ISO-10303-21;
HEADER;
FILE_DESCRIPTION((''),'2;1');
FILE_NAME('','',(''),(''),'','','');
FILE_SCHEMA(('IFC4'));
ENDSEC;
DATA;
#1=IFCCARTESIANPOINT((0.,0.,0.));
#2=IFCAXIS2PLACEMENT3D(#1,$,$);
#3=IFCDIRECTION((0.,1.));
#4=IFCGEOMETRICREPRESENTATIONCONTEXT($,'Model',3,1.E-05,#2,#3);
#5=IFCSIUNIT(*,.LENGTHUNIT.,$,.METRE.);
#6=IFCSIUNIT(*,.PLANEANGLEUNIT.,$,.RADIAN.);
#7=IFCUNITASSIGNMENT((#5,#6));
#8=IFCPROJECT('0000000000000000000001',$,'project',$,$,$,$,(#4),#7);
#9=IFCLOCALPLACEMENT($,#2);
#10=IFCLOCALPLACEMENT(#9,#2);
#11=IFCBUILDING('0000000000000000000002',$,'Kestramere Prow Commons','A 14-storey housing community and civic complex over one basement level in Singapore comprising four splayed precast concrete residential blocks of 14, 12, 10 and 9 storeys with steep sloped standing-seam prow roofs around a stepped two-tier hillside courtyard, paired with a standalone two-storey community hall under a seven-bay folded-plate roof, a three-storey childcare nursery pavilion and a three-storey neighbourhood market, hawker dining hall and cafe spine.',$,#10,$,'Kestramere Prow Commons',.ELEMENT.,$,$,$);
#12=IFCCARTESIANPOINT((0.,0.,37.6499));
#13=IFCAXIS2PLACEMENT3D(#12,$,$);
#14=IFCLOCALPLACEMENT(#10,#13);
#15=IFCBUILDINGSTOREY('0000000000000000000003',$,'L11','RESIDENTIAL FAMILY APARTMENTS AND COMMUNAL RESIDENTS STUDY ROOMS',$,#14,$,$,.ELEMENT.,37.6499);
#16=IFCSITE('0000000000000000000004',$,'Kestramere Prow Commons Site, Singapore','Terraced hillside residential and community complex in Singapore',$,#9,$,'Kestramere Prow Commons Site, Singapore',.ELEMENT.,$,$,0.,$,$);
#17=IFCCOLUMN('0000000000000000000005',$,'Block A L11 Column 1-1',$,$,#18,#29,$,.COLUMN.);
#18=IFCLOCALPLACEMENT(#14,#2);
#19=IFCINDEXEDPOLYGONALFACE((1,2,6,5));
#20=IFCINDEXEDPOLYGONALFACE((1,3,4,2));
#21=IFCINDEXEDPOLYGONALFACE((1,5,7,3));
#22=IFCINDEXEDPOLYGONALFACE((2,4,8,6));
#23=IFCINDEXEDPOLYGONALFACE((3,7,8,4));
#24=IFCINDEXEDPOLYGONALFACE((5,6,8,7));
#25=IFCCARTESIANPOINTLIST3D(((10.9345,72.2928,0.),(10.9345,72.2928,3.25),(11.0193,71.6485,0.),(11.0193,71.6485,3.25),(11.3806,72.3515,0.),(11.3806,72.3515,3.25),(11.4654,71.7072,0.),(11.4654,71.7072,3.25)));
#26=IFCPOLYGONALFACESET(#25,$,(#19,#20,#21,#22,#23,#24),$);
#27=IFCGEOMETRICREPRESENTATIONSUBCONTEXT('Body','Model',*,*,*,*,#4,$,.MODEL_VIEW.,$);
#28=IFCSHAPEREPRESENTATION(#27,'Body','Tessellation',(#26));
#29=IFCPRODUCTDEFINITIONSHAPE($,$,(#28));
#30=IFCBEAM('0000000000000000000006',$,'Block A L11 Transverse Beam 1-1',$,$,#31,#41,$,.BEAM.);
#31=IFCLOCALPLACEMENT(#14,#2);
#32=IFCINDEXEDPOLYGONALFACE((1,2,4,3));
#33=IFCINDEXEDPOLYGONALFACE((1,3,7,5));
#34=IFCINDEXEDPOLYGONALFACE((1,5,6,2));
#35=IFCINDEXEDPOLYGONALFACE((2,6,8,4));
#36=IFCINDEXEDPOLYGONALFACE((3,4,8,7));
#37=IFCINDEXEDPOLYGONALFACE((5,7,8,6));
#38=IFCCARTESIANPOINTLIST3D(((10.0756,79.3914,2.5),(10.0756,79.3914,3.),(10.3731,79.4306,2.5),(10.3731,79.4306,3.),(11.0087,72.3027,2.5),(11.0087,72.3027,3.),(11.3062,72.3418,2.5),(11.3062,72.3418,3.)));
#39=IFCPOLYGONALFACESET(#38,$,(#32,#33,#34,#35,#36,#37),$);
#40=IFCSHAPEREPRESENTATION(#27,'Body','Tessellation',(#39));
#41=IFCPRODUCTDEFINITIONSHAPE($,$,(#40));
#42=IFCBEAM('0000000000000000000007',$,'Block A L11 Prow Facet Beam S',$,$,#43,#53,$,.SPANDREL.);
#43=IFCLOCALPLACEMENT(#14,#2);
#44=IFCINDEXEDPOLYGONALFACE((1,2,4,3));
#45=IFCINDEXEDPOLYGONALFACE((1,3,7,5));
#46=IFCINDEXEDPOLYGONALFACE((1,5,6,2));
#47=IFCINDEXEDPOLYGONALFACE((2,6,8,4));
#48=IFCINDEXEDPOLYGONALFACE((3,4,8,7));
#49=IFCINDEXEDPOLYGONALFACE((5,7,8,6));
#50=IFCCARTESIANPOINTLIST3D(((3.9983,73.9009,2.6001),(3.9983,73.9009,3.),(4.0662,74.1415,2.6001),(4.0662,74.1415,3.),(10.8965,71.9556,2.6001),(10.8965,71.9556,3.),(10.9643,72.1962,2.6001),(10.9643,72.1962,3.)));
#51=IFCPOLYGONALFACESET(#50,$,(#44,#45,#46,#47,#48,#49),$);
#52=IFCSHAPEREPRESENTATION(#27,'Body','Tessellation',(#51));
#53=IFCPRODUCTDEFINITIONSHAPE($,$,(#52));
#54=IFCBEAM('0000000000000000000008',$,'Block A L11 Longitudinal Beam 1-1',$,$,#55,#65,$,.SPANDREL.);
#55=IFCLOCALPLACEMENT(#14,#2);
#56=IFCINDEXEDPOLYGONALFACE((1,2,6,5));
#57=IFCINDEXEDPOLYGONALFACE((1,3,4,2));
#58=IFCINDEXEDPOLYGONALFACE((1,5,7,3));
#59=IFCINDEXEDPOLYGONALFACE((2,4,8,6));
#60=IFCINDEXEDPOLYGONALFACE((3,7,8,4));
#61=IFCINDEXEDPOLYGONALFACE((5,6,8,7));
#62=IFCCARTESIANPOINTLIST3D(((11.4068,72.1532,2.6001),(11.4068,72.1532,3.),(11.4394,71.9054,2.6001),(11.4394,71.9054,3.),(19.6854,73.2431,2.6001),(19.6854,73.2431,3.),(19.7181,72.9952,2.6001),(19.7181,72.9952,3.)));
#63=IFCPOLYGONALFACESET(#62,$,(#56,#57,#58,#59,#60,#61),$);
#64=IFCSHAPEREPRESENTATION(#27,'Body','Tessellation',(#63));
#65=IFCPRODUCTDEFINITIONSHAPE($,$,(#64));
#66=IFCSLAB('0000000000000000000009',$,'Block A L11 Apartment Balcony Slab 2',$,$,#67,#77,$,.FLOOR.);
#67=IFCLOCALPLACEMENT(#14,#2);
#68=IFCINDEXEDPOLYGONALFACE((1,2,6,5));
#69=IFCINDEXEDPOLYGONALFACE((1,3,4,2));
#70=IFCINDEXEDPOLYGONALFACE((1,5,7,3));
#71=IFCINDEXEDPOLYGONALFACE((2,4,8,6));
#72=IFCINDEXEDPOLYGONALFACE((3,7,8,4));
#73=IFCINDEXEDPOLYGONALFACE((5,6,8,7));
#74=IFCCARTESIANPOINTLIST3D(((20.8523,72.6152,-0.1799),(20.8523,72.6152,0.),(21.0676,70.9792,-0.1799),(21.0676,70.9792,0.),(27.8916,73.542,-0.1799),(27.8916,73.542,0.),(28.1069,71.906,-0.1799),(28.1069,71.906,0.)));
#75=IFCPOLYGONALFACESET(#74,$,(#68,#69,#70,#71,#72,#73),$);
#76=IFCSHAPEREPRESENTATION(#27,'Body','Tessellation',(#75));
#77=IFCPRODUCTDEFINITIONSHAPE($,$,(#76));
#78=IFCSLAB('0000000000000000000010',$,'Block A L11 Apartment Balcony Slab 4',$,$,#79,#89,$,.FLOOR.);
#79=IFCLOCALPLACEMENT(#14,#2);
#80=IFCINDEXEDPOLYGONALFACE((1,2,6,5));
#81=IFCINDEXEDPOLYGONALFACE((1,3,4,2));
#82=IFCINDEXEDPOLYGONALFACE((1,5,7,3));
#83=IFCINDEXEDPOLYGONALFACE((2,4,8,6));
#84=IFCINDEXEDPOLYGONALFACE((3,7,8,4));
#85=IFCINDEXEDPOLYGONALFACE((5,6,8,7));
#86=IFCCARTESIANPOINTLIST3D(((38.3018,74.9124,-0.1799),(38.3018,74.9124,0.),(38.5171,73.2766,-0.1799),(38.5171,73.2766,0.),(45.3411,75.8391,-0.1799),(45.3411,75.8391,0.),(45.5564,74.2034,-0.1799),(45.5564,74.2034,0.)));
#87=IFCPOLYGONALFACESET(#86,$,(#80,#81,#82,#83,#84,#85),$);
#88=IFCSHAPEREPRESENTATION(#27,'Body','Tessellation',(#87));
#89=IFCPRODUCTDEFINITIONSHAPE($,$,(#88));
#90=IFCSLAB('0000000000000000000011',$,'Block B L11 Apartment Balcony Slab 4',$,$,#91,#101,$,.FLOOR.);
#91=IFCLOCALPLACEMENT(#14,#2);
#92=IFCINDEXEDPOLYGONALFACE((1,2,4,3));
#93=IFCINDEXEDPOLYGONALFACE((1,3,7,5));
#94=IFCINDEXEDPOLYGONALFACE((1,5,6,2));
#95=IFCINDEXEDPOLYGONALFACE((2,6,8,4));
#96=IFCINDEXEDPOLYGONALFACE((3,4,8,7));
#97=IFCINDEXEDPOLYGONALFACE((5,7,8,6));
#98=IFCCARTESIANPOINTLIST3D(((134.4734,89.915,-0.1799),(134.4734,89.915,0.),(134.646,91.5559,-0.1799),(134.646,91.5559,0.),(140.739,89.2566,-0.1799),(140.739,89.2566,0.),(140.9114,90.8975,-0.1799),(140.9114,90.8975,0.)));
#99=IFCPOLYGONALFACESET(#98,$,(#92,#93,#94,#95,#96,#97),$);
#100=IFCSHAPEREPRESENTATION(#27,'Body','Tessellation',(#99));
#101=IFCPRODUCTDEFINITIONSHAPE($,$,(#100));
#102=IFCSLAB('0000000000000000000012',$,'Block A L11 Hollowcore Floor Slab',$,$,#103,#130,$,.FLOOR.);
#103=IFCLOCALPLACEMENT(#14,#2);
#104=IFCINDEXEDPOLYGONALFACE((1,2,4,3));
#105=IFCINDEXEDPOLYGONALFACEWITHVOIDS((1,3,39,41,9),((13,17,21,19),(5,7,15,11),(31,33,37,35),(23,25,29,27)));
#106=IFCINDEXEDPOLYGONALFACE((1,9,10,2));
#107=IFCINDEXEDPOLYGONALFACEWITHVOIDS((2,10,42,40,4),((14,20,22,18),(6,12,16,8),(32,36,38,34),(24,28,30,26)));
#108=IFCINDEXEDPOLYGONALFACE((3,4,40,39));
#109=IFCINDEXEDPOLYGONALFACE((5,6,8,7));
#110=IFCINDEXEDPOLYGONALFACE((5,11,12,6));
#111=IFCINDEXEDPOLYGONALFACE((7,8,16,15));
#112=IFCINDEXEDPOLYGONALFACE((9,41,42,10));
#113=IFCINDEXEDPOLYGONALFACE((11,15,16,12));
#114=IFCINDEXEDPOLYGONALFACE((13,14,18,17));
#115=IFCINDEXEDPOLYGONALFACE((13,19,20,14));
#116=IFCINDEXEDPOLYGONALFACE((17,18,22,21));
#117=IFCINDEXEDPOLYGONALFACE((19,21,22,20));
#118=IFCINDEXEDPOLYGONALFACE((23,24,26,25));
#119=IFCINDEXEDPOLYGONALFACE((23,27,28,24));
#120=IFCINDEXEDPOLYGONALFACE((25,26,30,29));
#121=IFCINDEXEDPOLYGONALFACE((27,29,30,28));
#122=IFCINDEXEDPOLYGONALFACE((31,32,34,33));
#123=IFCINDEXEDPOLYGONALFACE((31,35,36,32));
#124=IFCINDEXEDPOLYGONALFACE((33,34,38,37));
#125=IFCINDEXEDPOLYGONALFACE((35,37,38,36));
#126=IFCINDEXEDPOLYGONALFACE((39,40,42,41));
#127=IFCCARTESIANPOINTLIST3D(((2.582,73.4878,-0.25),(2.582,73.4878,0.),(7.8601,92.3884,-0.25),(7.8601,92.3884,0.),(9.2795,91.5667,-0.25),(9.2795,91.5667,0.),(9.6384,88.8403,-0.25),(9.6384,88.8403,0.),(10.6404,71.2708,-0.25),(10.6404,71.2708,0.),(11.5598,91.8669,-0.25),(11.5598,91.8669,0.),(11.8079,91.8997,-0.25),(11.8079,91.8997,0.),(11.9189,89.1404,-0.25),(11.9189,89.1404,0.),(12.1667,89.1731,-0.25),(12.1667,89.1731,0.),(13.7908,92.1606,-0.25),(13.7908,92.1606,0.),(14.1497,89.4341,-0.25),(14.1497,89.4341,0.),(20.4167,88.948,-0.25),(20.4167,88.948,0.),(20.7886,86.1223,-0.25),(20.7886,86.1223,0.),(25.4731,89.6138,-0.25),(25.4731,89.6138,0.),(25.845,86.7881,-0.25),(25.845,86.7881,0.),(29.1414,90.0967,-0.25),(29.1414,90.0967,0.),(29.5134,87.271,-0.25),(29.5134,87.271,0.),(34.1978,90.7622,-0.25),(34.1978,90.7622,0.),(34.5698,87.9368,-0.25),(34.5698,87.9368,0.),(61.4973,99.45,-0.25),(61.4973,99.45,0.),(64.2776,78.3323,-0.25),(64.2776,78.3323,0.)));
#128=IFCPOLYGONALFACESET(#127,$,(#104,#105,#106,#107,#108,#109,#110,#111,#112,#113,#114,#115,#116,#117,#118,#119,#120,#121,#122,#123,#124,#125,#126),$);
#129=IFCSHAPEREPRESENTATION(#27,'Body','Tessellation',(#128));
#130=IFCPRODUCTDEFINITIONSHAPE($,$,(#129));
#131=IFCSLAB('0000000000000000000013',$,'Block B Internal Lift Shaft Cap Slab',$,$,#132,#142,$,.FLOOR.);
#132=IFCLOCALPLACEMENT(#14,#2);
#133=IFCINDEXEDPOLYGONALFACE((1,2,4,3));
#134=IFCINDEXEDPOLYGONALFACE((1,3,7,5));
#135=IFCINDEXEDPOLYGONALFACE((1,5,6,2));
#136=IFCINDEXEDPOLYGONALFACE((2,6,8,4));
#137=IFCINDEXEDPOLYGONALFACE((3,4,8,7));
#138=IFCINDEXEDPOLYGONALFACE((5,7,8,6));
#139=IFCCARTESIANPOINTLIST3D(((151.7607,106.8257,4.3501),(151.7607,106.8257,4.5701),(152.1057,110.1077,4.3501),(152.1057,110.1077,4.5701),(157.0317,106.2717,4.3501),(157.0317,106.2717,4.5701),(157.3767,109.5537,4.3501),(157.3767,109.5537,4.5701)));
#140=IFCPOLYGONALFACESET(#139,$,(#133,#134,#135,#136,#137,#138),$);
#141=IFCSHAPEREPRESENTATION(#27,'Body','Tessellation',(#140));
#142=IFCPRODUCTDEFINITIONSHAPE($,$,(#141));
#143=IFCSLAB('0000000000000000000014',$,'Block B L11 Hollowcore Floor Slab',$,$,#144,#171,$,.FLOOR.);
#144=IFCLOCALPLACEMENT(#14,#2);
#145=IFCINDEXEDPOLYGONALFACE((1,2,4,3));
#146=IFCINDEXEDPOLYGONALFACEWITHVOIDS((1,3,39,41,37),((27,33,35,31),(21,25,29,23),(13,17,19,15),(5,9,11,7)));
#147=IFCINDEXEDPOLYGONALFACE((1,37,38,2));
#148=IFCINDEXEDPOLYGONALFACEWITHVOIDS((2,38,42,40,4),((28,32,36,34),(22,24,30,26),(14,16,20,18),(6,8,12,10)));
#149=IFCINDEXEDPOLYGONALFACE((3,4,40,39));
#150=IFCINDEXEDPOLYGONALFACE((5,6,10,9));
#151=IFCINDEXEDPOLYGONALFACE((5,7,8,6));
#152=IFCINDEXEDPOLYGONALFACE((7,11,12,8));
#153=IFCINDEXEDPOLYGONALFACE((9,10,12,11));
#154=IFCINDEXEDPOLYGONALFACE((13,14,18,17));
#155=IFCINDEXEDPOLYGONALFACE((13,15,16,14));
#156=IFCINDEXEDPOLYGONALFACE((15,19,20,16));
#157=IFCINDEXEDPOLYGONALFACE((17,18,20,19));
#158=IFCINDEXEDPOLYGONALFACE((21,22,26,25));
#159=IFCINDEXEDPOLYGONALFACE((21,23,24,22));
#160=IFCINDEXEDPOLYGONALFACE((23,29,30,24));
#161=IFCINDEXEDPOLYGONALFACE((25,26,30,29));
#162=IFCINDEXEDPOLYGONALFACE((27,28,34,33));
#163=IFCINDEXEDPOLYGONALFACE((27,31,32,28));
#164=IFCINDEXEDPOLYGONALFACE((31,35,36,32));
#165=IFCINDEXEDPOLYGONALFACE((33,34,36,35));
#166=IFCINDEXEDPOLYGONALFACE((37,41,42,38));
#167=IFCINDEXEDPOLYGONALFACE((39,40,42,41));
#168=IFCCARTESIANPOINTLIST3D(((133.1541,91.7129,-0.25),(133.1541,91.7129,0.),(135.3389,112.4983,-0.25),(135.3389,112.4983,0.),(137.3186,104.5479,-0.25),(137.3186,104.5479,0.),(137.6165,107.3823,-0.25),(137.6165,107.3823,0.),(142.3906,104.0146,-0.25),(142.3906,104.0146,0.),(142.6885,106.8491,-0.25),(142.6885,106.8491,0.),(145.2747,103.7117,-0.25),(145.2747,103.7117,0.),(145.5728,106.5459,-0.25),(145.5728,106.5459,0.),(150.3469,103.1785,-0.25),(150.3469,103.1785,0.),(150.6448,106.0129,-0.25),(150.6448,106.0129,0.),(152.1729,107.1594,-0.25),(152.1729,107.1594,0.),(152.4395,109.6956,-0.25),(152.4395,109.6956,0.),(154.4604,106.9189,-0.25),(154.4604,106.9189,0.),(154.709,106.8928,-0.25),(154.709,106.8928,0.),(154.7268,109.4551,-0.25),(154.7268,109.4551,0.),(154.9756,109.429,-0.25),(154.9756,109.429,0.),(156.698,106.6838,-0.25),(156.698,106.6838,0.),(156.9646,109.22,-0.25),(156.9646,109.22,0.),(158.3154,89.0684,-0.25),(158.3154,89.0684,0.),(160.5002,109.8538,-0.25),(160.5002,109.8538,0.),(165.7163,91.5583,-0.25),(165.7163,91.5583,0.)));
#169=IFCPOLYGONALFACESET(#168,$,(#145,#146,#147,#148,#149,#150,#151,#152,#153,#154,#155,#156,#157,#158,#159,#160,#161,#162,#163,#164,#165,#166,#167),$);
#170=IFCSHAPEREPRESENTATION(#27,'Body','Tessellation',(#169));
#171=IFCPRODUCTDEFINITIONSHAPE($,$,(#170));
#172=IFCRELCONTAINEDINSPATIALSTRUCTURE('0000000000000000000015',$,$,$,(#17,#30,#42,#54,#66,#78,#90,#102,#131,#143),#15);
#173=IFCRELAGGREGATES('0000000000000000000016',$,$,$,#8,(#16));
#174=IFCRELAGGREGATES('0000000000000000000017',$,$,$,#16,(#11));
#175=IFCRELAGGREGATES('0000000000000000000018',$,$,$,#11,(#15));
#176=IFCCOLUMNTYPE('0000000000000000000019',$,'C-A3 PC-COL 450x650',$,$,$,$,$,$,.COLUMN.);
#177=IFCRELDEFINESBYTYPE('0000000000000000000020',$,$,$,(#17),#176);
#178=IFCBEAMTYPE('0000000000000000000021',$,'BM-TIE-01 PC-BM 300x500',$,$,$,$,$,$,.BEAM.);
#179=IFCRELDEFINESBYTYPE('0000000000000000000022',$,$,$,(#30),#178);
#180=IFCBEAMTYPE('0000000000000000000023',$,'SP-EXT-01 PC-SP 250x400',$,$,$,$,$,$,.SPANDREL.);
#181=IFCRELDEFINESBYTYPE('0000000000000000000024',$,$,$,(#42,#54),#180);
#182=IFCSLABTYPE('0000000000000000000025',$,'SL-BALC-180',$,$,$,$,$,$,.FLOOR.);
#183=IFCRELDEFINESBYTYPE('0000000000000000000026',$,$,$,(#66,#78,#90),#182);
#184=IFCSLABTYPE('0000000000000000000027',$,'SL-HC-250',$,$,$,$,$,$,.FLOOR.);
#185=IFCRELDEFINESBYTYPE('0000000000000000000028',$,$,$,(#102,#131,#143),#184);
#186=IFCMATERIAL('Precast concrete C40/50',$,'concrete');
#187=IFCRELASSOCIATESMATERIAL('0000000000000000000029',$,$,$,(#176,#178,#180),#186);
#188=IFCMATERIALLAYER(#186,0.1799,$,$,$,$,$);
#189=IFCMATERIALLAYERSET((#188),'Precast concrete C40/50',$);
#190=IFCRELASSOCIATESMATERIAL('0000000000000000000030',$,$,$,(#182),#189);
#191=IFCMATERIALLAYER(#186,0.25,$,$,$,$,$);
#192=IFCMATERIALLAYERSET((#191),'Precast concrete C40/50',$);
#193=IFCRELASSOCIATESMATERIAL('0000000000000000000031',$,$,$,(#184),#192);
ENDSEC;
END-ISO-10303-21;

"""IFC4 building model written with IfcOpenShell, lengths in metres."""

from ifc_helpers import new_model, si_unit, direction, frame, origin, origin_2d, place, context, subcontext, project, spatial, polyline, rectangle, outline, extrude, material, layer, layer_set, material_profile, profile_set, type_object, element, save


model = new_model("IFC4")

# Units and contexts
model_context = context("Model", 3, precision=1e-05, world=origin(), true_north=direction((0.0, 1.0)))
body_context = subcontext(model_context, "Body", "Model", "MODEL_VIEW")
ifc_project = project(units=[si_unit("LENGTHUNIT", "METRE"), si_unit("PLANEANGLEUNIT", "RADIAN")], contexts=[model_context])

# Site, building, storey
site_placement = place(None, origin())
site = spatial("IfcSite", under=ifc_project, at=site_placement, Name="Kestramere Prow Commons Site, Singapore", Description="Terraced hillside residential and community complex in Singapore", LongName="Kestramere Prow Commons Site, Singapore", CompositionType="ELEMENT", RefElevation=0.0)
building_placement = place(site_placement, origin())
building = spatial("IfcBuilding", under=site, at=building_placement, Name="Kestramere Prow Commons", Description="A 14-storey housing community and civic complex over one basement level in Singapore comprising four splayed precast concrete residential blocks of 14, 12, 10 and 9 storeys with steep sloped standing-seam prow roofs around a stepped two-tier hillside courtyard, paired with a standalone two-storey community hall under a seven-bay folded-plate roof, a three-storey childcare nursery pavilion and a three-storey neighbourhood market, hawker dining hall and cafe spine.", LongName="Kestramere Prow Commons", CompositionType="ELEMENT")
storey_placement = place(building_placement, frame((0.0, 0.0, 37.6499)))
storey = spatial("IfcBuildingStorey", under=building, at=storey_placement, Name="L11", Description="RESIDENTIAL FAMILY APARTMENTS AND COMMUNAL RESIDENTS STUDY ROOMS", CompositionType="ELEMENT", Elevation=37.6499)

# Column
ifc_material_1 = material(Name="Precast concrete C40/50", Category="concrete")
ifc_material_profile_1 = material_profile(ifc_material_1, rectangle(XDim=0.45, YDim=0.6499, at=origin_2d()), Name="PC-COL 450x650")
ifc_profile_set_1 = profile_set([ifc_material_profile_1], Name="Precast concrete C40/50")
column_type = type_object("IfcColumnType", Name="C-A3 PC-COL 450x650", PredefinedType="COLUMN", material=ifc_profile_set_1)
column_placement = place(storey_placement, frame((11.2, 72.0, 0.0), z_axis=(0.0, 0.0, 1.0), x_axis=(0.991445, 0.130526, 0.0)))
element("IfcColumn", 1, at=column_placement, inside=storey, type_object=column_type, Name="Block A L11 Column 1-1", PredefinedType="COLUMN", context=body_context, shape_type="SweptSolid", body=[
    extrude(rectangle(XDim=0.45, YDim=0.6499, at=origin_2d()), origin(), (0.0, 0.0, 1.0), 3.25),
])

# Beams
ifc_material_profile_2 = material_profile(ifc_material_1, rectangle(XDim=0.3, YDim=0.5, at=origin_2d()), Name="PC-BM 300x500")
ifc_profile_set_2 = profile_set([ifc_material_profile_2], Name="Precast concrete C40/50")
beam_type_1 = type_object("IfcBeamType", Name="BM-TIE-01 PC-BM 300x500", PredefinedType="BEAM", material=ifc_profile_set_2)
beam_1_placement = place(storey_placement, frame((11.1575, 72.3223, 2.75), z_axis=(-0.130504, 0.991448, 0.0), x_axis=(-0.991448, -0.130504, 0.0)))
element("IfcBeam", 2, at=beam_1_placement, inside=storey, type_object=beam_type_1, Name="Block A L11 Transverse Beam 1-1", PredefinedType="BEAM", context=body_context, shape_type="SweptSolid", body=[
    extrude(rectangle(XDim=0.3, YDim=0.5, at=origin_2d()), origin(), (0.0, 0.0, 1.0), 7.1499),
])
ifc_material_profile_3 = material_profile(ifc_material_1, rectangle(XDim=0.25, YDim=0.3999, at=origin_2d()), Name="PC-SP 250x400")
ifc_profile_set_3 = profile_set([ifc_material_profile_3], Name="Precast concrete C40/50")
beam_type_2 = type_object("IfcBeamType", Name="SP-EXT-01 PC-SP 250x400", PredefinedType="SPANDREL", material=ifc_profile_set_3)
beam_2_placement = place(storey_placement, frame((10.9304, 72.0759, 2.8), z_axis=(-0.962462, 0.271417, 0.0), x_axis=(-0.271417, -0.962462, 0.0)))
element("IfcBeam", 3, at=beam_2_placement, inside=storey, type_object=beam_type_2, Name="Block A L11 Prow Facet Beam S", PredefinedType="SPANDREL", context=body_context, shape_type="SweptSolid", body=[
    extrude(rectangle(XDim=0.25, YDim=0.3999, at=origin_2d()), origin(), (0.0, 0.0, 1.0), 7.1672),
])
beam_3_placement = place(storey_placement, frame((11.4231, 72.0293, 2.8), z_axis=(0.991446, 0.13052, 0.0), x_axis=(-0.13052, 0.991446, 0.0)))
element("IfcBeam", 4, at=beam_3_placement, inside=storey, type_object=beam_type_2, Name="Block A L11 Longitudinal Beam 1-1", PredefinedType="SPANDREL", context=body_context, shape_type="SweptSolid", body=[
    extrude(rectangle(XDim=0.25, YDim=0.3999, at=origin_2d()), origin(), (0.0, 0.0, 1.0), 8.3501),
])

# Slabs
ifc_layer_1 = layer(ifc_material_1, 0.1799)
ifc_layer_set_1 = layer_set([ifc_layer_1], Name="Precast concrete C40/50")
slab_type_1 = type_object("IfcSlabType", Name="SL-BALC-180", PredefinedType="FLOOR", material=ifc_layer_set_1)
slab_1_placement = place(storey_placement, frame((0.0, 0.0, -0.1799)))
element("IfcSlab", 5, at=slab_1_placement, inside=storey, type_object=slab_type_1, Name="Block A L11 Apartment Balcony Slab 2", PredefinedType="FLOOR", context=body_context, shape_type="SweptSolid", body=[
    extrude(outline(polyline([(21.0676, 70.9792), (28.1069, 71.906), (27.8916, 73.542), (20.8523, 72.6152), (21.0676, 70.9792)])), origin(), (0.0, 0.0, 1.0), 0.1799),
])
slab_2_placement = place(storey_placement, frame((0.0, 0.0, -0.1799)))
element("IfcSlab", 6, at=slab_2_placement, inside=storey, type_object=slab_type_1, Name="Block A L11 Apartment Balcony Slab 4", PredefinedType="FLOOR", context=body_context, shape_type="SweptSolid", body=[
    extrude(outline(polyline([(38.5171, 73.2766), (45.5564, 74.2034), (45.3411, 75.8391), (38.3018, 74.9124), (38.5171, 73.2766)])), origin(), (0.0, 0.0, 1.0), 0.1799),
])
slab_3_placement = place(storey_placement, frame((0.0, 0.0, -0.1799)))
element("IfcSlab", 7, at=slab_3_placement, inside=storey, type_object=slab_type_1, Name="Block B L11 Apartment Balcony Slab 4", PredefinedType="FLOOR", context=body_context, shape_type="SweptSolid", body=[
    extrude(outline(polyline([(134.4734, 89.915), (140.739, 89.2566), (140.9114, 90.8975), (134.646, 91.5559), (134.4734, 89.915)])), origin(), (0.0, 0.0, 1.0), 0.1799),
])
ifc_layer_2 = layer(ifc_material_1, 0.25)
ifc_layer_set_2 = layer_set([ifc_layer_2], Name="Precast concrete C40/50")
slab_type_2 = type_object("IfcSlabType", Name="SL-HC-250", PredefinedType="FLOOR", material=ifc_layer_set_2)
slab_4_placement = place(storey_placement, frame((0.0, 0.0, -0.25)))
element("IfcSlab", 8, at=slab_4_placement, inside=storey, type_object=slab_type_2, Name="Block A L11 Hollowcore Floor Slab", PredefinedType="FLOOR", context=body_context, shape_type="SweptSolid", body=[
    extrude(outline(polyline([(2.582, 73.4878), (10.6404, 71.2708), (64.2776, 78.3323), (61.4973, 99.45), (7.8601, 92.3884), (2.582, 73.4878)]), holes=[polyline([(9.6384, 88.8403), (11.9189, 89.1404), (11.5598, 91.8669), (9.2795, 91.5667), (9.6384, 88.8403)]), polyline([(12.1667, 89.1731), (14.1497, 89.4341), (13.7908, 92.1606), (11.8079, 91.8997), (12.1667, 89.1731)]), polyline([(20.7886, 86.1223), (25.845, 86.7881), (25.4731, 89.6138), (20.4167, 88.948), (20.7886, 86.1223)]), polyline([(29.5134, 87.271), (34.5698, 87.9368), (34.1978, 90.7622), (29.1414, 90.0967), (29.5134, 87.271)])]), origin(), (0.0, 0.0, 1.0), 0.25),
])
slab_5_placement = place(storey_placement, frame((0.0, 0.0, 4.3501)))
element("IfcSlab", 9, at=slab_5_placement, inside=storey, type_object=slab_type_2, Name="Block B Internal Lift Shaft Cap Slab", PredefinedType="FLOOR", context=body_context, shape_type="SweptSolid", body=[
    extrude(outline(polyline([(151.7607, 106.8257), (157.0317, 106.2717), (157.3767, 109.5537), (152.1057, 110.1077), (151.7607, 106.8257)])), origin(), (0.0, 0.0, 1.0), 0.22),
])
slab_6_placement = place(storey_placement, frame((0.0, 0.0, -0.25)))
element("IfcSlab", 10, at=slab_6_placement, inside=storey, type_object=slab_type_2, Name="Block B L11 Hollowcore Floor Slab", PredefinedType="FLOOR", context=body_context, shape_type="SweptSolid", body=[
    extrude(outline(polyline([(133.1541, 91.7129), (158.3154, 89.0684), (165.7163, 91.5583), (160.5002, 109.8538), (135.3389, 112.4983), (133.1541, 91.7129)]), holes=[polyline([(152.1729, 107.1594), (154.4604, 106.9189), (154.7268, 109.4551), (152.4395, 109.6956), (152.1729, 107.1594)]), polyline([(154.709, 106.8928), (156.698, 106.6838), (156.9646, 109.22), (154.9756, 109.429), (154.709, 106.8928)]), polyline([(137.3186, 104.5479), (142.3906, 104.0146), (142.6885, 106.8491), (137.6165, 107.3823), (137.3186, 104.5479)]), polyline([(145.2747, 103.7117), (150.3469, 103.1785), (150.6448, 106.0129), (145.5728, 106.5459), (145.2747, 103.7117)])]), origin(), (0.0, 0.0, 1.0), 0.25),
])

save(model, "model.ifc")
